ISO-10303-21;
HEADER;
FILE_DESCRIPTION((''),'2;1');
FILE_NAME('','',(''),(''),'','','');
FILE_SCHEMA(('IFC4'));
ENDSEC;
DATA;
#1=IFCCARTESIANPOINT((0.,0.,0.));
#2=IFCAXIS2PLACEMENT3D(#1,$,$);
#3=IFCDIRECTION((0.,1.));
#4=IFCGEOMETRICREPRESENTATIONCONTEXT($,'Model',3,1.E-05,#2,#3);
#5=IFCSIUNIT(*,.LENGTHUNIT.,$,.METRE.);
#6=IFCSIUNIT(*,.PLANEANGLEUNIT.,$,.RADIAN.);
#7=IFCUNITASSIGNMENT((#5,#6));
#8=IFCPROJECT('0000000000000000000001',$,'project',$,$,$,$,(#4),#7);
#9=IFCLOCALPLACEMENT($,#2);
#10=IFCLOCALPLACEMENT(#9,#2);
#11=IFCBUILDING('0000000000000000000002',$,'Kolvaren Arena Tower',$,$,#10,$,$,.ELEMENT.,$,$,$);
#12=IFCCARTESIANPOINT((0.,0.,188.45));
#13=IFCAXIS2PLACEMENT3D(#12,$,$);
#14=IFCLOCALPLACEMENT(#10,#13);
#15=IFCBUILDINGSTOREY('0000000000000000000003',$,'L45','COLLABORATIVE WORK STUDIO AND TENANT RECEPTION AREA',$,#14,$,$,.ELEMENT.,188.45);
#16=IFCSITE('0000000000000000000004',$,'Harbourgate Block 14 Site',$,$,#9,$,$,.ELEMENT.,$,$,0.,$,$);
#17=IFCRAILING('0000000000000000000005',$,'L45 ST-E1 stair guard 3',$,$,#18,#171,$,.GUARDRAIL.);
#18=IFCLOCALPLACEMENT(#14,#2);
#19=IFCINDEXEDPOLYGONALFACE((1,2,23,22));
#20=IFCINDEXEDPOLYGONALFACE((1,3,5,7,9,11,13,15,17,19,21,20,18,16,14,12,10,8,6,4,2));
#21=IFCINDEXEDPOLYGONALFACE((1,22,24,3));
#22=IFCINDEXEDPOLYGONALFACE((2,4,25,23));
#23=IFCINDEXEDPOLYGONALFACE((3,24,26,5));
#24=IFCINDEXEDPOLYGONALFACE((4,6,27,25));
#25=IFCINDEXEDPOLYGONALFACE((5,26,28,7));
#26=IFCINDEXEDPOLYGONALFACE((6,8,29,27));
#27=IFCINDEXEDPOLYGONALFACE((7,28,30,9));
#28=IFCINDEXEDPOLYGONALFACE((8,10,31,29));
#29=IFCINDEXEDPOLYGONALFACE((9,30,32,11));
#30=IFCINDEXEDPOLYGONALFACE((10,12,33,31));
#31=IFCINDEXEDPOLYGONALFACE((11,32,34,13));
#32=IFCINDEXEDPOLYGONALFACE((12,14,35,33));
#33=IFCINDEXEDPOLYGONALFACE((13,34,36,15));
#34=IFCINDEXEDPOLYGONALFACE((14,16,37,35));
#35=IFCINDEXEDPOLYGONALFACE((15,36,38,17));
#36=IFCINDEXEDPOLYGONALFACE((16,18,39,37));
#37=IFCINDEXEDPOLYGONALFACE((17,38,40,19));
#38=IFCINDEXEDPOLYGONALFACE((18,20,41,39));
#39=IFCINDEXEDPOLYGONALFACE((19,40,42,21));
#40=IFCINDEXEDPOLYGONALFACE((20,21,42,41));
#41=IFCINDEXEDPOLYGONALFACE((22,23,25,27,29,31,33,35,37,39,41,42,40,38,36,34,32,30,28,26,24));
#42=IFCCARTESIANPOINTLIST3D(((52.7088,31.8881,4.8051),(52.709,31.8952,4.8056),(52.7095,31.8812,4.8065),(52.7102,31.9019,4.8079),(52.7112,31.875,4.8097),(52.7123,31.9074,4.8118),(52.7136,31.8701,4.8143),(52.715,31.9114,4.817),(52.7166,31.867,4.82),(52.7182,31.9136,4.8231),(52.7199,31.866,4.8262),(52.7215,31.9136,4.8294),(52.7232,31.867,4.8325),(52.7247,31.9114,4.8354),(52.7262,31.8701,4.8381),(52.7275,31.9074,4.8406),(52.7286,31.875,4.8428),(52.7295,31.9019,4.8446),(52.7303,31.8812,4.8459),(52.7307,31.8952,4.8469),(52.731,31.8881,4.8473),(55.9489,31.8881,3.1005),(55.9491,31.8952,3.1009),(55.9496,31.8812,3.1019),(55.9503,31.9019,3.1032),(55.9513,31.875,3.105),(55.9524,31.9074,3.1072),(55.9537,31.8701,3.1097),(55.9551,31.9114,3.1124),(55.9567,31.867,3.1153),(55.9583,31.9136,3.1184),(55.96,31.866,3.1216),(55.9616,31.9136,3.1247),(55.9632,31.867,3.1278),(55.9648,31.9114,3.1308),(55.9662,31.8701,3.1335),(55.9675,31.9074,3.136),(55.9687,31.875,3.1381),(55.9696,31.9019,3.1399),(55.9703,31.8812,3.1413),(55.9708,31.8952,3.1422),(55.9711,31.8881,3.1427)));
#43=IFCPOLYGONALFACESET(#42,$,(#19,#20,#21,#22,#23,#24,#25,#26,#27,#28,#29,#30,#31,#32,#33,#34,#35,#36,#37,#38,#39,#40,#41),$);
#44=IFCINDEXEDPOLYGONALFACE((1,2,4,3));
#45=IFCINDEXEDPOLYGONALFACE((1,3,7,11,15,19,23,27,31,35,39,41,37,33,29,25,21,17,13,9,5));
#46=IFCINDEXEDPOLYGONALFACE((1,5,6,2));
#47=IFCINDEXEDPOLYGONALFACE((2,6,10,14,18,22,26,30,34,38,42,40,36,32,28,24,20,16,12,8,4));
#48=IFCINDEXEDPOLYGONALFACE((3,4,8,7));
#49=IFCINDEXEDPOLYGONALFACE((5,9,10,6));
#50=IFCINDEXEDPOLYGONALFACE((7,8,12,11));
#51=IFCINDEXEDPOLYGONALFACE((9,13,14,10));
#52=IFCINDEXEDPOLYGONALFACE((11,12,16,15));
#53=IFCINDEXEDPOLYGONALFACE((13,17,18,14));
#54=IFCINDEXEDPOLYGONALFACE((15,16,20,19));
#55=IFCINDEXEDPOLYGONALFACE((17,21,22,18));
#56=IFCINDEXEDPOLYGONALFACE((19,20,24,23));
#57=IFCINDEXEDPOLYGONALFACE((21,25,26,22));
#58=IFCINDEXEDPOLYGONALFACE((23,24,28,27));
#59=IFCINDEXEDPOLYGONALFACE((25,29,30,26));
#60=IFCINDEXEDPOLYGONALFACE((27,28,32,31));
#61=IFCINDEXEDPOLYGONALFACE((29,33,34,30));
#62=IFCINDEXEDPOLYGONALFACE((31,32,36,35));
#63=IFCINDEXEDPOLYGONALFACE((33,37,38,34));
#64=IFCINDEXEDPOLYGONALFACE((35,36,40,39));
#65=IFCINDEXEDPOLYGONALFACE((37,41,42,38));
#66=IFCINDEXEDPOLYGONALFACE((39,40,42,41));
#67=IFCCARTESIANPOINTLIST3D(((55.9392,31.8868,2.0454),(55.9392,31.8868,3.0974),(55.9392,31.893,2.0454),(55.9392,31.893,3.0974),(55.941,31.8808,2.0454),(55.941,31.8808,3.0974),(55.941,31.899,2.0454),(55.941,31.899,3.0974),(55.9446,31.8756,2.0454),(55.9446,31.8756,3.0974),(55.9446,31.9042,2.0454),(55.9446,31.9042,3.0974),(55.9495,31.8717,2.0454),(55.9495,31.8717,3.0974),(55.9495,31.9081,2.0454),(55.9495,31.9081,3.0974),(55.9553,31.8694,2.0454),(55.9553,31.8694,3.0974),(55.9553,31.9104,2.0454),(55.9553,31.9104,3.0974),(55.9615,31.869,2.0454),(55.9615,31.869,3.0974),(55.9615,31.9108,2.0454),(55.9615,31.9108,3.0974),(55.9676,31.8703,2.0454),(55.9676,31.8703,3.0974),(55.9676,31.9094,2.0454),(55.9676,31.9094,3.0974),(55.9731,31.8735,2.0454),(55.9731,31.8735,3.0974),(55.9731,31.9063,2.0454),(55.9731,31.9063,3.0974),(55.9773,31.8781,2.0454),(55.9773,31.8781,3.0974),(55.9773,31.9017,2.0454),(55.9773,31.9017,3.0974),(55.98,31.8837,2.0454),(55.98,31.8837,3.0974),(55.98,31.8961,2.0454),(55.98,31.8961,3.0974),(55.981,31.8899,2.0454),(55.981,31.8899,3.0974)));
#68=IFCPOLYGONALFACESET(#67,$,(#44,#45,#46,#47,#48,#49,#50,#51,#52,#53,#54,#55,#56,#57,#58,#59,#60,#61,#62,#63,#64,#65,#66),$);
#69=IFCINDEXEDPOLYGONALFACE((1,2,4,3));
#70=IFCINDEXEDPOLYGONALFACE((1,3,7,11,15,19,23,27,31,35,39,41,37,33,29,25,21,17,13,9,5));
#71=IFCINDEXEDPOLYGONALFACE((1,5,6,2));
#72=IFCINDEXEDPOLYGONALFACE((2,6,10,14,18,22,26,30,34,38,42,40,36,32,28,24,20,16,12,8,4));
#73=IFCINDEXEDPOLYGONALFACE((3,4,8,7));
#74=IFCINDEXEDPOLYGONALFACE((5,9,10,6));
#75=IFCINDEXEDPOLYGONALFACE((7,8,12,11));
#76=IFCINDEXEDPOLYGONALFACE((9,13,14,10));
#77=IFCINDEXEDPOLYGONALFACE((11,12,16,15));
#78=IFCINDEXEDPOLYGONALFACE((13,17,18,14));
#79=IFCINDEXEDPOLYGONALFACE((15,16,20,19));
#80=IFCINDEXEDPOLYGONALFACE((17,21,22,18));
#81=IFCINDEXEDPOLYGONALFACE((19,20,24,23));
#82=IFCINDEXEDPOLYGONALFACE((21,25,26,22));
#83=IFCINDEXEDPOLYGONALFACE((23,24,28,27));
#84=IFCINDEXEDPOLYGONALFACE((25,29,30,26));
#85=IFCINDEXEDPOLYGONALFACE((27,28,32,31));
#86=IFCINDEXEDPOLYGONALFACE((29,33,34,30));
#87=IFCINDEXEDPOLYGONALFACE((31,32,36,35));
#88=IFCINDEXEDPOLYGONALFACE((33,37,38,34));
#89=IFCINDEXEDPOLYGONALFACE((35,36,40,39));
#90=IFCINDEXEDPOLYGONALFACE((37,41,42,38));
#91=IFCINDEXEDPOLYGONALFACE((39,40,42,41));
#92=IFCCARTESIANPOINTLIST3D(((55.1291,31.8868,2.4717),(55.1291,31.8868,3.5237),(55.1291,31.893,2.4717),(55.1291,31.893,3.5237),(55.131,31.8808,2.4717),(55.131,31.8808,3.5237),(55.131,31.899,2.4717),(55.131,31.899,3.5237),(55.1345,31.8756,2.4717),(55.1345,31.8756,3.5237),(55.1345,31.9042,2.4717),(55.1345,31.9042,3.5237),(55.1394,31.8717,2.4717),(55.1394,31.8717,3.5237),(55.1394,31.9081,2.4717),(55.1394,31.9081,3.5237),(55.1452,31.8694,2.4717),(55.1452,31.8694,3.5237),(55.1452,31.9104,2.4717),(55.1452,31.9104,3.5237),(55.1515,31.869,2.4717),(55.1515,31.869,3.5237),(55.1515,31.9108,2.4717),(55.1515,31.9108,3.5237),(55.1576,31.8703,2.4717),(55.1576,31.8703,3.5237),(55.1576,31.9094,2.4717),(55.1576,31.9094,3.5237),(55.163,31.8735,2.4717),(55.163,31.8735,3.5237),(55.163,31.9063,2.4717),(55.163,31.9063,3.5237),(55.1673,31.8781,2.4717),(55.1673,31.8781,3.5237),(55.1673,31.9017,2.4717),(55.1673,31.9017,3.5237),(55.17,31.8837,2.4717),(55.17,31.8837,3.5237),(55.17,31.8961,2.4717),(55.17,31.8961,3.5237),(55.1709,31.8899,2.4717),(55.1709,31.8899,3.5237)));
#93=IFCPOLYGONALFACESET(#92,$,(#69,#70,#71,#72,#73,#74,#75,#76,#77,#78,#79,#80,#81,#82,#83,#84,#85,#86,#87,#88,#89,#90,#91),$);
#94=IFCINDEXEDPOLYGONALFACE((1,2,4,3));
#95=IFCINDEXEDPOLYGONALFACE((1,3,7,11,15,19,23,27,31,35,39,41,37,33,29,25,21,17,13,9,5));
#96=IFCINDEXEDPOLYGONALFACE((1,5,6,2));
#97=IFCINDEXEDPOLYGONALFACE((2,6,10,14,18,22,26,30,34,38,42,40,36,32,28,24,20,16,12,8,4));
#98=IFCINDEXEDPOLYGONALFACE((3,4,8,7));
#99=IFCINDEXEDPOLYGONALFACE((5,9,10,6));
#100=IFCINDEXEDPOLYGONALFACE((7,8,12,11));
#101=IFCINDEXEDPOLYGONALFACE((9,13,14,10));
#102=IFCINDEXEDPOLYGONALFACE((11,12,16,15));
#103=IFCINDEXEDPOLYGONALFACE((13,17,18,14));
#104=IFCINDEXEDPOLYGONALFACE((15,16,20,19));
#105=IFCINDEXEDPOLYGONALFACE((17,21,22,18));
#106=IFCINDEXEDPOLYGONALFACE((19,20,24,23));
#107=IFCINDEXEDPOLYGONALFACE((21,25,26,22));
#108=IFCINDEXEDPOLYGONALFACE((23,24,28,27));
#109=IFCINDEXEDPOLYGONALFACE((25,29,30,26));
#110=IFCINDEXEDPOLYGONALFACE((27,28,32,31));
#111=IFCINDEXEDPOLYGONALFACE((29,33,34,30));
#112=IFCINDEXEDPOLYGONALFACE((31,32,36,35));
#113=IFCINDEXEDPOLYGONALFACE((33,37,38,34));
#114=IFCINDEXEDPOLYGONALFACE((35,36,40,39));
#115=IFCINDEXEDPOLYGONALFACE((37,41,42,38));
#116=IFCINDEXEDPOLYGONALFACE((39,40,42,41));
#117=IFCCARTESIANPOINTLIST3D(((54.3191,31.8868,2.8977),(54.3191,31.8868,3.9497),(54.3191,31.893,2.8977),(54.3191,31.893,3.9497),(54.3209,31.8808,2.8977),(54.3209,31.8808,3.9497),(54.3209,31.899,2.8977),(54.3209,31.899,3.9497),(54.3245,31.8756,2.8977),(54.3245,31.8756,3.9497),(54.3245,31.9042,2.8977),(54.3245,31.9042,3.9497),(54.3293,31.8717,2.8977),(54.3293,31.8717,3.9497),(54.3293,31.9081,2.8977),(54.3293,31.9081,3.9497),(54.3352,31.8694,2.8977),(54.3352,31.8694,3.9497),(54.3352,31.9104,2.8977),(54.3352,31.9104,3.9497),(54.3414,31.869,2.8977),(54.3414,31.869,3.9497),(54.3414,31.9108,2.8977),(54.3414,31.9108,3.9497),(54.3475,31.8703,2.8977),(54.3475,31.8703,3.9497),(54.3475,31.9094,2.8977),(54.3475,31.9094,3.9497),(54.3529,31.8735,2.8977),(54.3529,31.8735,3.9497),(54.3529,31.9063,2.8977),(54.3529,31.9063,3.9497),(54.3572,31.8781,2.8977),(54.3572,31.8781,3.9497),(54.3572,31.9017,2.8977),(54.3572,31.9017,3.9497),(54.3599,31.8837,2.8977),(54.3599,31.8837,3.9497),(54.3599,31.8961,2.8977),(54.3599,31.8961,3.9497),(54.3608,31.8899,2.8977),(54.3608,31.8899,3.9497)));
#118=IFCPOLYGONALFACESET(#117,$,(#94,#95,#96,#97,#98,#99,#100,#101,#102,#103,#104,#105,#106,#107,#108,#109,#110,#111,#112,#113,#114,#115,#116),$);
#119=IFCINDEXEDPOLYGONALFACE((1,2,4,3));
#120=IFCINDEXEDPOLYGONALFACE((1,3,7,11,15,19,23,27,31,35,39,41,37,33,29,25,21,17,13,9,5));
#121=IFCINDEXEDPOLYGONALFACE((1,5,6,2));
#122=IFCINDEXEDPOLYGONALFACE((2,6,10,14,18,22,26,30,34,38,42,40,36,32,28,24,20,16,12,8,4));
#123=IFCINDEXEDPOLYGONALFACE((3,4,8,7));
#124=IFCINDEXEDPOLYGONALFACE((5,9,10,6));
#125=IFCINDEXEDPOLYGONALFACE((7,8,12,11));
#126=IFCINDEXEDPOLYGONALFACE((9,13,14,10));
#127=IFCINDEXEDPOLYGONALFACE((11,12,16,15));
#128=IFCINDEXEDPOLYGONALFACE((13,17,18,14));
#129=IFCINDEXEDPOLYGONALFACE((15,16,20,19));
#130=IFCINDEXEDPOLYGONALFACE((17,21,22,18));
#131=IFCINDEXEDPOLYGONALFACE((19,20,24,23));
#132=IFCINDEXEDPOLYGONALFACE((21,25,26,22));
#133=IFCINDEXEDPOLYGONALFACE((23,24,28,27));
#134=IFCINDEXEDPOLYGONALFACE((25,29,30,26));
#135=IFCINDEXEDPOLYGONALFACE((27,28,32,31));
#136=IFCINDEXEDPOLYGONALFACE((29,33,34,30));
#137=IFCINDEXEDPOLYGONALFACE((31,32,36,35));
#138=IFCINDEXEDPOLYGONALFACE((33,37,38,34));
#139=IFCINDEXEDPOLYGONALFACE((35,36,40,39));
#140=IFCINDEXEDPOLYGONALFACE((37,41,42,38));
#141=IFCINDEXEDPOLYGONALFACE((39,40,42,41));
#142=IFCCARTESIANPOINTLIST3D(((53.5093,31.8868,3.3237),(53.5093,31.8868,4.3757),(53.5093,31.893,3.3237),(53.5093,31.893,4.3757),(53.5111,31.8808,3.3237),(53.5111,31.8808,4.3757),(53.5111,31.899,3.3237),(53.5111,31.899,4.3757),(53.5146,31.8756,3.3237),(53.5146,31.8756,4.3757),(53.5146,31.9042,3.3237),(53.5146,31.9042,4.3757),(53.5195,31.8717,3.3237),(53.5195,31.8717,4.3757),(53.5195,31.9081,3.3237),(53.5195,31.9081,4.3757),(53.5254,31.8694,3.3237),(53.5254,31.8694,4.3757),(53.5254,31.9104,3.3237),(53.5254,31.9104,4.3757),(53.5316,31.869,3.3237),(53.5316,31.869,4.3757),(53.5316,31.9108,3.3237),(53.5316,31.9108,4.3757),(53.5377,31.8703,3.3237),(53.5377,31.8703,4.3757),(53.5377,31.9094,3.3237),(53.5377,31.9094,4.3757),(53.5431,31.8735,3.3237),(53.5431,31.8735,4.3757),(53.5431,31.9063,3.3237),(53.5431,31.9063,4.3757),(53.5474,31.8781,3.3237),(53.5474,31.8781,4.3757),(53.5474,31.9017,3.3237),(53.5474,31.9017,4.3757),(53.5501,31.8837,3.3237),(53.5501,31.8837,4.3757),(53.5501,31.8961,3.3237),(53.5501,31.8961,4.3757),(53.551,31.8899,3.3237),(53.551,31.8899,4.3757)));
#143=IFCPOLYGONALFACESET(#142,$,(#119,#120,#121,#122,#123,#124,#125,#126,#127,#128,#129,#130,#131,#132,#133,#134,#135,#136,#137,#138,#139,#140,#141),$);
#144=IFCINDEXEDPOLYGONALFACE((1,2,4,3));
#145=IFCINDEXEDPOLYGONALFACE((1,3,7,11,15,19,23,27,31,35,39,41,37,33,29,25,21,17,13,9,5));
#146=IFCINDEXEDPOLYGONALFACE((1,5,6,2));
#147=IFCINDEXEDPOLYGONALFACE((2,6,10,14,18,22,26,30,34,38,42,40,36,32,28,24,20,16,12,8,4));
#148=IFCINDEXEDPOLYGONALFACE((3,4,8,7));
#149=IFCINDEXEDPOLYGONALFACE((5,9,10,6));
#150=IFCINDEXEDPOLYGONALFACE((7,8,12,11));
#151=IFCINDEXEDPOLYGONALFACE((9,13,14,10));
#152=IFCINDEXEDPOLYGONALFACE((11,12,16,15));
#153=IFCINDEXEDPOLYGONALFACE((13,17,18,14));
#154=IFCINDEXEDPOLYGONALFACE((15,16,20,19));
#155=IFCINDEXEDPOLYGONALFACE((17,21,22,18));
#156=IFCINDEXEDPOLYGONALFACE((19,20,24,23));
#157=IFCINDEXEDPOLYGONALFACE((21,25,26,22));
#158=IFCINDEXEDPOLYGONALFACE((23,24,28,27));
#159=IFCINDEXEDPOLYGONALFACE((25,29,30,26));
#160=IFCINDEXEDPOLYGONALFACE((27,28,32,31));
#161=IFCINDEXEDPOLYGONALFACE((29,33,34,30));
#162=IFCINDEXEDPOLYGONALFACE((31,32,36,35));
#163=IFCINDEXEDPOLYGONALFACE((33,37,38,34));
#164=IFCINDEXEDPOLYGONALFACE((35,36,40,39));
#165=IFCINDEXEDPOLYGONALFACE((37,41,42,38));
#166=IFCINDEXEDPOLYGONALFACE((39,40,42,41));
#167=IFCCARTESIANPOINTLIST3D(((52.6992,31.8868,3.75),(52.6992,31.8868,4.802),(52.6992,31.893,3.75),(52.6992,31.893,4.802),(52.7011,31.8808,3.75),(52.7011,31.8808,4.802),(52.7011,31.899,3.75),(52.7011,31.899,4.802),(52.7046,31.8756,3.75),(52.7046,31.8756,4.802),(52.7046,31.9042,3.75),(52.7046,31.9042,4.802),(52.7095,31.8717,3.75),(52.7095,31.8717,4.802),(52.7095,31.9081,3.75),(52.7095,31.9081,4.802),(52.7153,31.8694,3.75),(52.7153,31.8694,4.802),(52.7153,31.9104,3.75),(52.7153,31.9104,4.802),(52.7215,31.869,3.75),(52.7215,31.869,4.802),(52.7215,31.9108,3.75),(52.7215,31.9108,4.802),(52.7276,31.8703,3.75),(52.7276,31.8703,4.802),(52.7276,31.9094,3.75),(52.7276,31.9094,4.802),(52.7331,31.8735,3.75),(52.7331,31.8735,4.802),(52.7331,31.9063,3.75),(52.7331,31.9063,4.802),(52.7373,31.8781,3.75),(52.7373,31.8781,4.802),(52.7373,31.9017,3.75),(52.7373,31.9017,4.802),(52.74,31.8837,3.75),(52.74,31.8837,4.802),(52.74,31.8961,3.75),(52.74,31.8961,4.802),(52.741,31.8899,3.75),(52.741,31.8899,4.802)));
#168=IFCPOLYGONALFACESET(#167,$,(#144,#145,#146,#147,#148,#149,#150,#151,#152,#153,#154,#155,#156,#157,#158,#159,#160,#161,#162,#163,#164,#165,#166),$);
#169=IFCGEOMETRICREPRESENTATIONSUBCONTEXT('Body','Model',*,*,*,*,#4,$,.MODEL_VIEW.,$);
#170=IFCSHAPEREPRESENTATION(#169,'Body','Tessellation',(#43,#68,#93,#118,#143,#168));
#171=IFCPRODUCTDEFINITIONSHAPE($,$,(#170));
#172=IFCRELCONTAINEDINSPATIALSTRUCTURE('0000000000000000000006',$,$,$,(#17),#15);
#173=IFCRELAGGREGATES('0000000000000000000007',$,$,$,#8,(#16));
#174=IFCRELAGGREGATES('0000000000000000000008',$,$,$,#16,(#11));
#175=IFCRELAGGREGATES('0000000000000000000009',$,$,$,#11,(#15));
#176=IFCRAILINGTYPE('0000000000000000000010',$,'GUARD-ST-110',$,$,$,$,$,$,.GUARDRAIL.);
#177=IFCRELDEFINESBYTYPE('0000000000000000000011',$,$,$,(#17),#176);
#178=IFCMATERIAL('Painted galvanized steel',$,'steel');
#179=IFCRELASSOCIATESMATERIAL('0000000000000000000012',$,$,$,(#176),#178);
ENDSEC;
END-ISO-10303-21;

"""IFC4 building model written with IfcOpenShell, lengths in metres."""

from ifc_helpers import new_model, si_unit, direction, frame, origin, origin_2d, place, context, subcontext, project, spatial, circle, extrude, material, type_object, element, save


model = new_model("IFC4")

# Units and contexts
model_context = context("Model", 3, precision=1e-05, world=origin(), true_north=direction((0.0, 1.0)))
body_context = subcontext(model_context, "Body", "Model", "MODEL_VIEW")
ifc_project = project(units=[si_unit("LENGTHUNIT", "METRE"), si_unit("PLANEANGLEUNIT", "RADIAN")], contexts=[model_context])

# Site, building, storey
site_placement = place(None, origin())
site = spatial("IfcSite", under=ifc_project, at=site_placement, Name="Harbourgate Block 14 Site", CompositionType="ELEMENT", RefElevation=0.0)
building_placement = place(site_placement, origin())
building = spatial("IfcBuilding", under=site, at=building_placement, Name="Kolvaren Arena Tower", CompositionType="ELEMENT")
storey_placement = place(building_placement, frame((0.0, 0.0, 188.45)))
storey = spatial("IfcBuildingStorey", under=building, at=storey_placement, Name="L45", Description="COLLABORATIVE WORK STUDIO AND TENANT RECEPTION AREA", CompositionType="ELEMENT", Elevation=188.45)

# Railing
ifc_material_1 = material(Name="Painted galvanized steel", Category="steel")
railing_type_1 = type_object("IfcRailingType", Name="GUARD-ST-110", PredefinedType="GUARDRAIL", material=ifc_material_1)
railing_1_placement = place(storey_placement, frame((55.96, 31.8899, 2.0454)))
element("IfcRailing", 1, at=railing_1_placement, inside=storey, type_object=railing_type_1, Name="L45 ST-E1 stair guard 3", PredefinedType="GUARDRAIL", context=body_context, shape_type="SweptSolid", body=[
    extrude(circle(Radius=0.0239, at=origin_2d()), frame((0.0, 0.0, 1.0762), z_axis=(-0.884993, 0.0, 0.465604), x_axis=(0.0, -1.0, 0.0)), (0.0, 0.0, 1.0), 3.6611),
    extrude(circle(Radius=0.021, at=origin_2d()), origin(), (0.0, 0.0, 1.0), 1.052),
    extrude(circle(Radius=0.021, at=origin_2d()), frame((-0.8101, 0.0, 0.4263)), (0.0, 0.0, 1.0), 1.052),
    extrude(circle(Radius=0.021, at=origin_2d()), frame((-1.6201, 0.0, 0.8523)), (0.0, 0.0, 1.0), 1.052),
    extrude(circle(Radius=0.021, at=origin_2d()), frame((-2.4299, 0.0, 1.2783)), (0.0, 0.0, 1.0), 1.052),
    extrude(circle(Radius=0.021, at=origin_2d()), frame((-3.24, 0.0, 1.7046)), (0.0, 0.0, 1.0), 1.052),
])

save(model, "model.ifc")
